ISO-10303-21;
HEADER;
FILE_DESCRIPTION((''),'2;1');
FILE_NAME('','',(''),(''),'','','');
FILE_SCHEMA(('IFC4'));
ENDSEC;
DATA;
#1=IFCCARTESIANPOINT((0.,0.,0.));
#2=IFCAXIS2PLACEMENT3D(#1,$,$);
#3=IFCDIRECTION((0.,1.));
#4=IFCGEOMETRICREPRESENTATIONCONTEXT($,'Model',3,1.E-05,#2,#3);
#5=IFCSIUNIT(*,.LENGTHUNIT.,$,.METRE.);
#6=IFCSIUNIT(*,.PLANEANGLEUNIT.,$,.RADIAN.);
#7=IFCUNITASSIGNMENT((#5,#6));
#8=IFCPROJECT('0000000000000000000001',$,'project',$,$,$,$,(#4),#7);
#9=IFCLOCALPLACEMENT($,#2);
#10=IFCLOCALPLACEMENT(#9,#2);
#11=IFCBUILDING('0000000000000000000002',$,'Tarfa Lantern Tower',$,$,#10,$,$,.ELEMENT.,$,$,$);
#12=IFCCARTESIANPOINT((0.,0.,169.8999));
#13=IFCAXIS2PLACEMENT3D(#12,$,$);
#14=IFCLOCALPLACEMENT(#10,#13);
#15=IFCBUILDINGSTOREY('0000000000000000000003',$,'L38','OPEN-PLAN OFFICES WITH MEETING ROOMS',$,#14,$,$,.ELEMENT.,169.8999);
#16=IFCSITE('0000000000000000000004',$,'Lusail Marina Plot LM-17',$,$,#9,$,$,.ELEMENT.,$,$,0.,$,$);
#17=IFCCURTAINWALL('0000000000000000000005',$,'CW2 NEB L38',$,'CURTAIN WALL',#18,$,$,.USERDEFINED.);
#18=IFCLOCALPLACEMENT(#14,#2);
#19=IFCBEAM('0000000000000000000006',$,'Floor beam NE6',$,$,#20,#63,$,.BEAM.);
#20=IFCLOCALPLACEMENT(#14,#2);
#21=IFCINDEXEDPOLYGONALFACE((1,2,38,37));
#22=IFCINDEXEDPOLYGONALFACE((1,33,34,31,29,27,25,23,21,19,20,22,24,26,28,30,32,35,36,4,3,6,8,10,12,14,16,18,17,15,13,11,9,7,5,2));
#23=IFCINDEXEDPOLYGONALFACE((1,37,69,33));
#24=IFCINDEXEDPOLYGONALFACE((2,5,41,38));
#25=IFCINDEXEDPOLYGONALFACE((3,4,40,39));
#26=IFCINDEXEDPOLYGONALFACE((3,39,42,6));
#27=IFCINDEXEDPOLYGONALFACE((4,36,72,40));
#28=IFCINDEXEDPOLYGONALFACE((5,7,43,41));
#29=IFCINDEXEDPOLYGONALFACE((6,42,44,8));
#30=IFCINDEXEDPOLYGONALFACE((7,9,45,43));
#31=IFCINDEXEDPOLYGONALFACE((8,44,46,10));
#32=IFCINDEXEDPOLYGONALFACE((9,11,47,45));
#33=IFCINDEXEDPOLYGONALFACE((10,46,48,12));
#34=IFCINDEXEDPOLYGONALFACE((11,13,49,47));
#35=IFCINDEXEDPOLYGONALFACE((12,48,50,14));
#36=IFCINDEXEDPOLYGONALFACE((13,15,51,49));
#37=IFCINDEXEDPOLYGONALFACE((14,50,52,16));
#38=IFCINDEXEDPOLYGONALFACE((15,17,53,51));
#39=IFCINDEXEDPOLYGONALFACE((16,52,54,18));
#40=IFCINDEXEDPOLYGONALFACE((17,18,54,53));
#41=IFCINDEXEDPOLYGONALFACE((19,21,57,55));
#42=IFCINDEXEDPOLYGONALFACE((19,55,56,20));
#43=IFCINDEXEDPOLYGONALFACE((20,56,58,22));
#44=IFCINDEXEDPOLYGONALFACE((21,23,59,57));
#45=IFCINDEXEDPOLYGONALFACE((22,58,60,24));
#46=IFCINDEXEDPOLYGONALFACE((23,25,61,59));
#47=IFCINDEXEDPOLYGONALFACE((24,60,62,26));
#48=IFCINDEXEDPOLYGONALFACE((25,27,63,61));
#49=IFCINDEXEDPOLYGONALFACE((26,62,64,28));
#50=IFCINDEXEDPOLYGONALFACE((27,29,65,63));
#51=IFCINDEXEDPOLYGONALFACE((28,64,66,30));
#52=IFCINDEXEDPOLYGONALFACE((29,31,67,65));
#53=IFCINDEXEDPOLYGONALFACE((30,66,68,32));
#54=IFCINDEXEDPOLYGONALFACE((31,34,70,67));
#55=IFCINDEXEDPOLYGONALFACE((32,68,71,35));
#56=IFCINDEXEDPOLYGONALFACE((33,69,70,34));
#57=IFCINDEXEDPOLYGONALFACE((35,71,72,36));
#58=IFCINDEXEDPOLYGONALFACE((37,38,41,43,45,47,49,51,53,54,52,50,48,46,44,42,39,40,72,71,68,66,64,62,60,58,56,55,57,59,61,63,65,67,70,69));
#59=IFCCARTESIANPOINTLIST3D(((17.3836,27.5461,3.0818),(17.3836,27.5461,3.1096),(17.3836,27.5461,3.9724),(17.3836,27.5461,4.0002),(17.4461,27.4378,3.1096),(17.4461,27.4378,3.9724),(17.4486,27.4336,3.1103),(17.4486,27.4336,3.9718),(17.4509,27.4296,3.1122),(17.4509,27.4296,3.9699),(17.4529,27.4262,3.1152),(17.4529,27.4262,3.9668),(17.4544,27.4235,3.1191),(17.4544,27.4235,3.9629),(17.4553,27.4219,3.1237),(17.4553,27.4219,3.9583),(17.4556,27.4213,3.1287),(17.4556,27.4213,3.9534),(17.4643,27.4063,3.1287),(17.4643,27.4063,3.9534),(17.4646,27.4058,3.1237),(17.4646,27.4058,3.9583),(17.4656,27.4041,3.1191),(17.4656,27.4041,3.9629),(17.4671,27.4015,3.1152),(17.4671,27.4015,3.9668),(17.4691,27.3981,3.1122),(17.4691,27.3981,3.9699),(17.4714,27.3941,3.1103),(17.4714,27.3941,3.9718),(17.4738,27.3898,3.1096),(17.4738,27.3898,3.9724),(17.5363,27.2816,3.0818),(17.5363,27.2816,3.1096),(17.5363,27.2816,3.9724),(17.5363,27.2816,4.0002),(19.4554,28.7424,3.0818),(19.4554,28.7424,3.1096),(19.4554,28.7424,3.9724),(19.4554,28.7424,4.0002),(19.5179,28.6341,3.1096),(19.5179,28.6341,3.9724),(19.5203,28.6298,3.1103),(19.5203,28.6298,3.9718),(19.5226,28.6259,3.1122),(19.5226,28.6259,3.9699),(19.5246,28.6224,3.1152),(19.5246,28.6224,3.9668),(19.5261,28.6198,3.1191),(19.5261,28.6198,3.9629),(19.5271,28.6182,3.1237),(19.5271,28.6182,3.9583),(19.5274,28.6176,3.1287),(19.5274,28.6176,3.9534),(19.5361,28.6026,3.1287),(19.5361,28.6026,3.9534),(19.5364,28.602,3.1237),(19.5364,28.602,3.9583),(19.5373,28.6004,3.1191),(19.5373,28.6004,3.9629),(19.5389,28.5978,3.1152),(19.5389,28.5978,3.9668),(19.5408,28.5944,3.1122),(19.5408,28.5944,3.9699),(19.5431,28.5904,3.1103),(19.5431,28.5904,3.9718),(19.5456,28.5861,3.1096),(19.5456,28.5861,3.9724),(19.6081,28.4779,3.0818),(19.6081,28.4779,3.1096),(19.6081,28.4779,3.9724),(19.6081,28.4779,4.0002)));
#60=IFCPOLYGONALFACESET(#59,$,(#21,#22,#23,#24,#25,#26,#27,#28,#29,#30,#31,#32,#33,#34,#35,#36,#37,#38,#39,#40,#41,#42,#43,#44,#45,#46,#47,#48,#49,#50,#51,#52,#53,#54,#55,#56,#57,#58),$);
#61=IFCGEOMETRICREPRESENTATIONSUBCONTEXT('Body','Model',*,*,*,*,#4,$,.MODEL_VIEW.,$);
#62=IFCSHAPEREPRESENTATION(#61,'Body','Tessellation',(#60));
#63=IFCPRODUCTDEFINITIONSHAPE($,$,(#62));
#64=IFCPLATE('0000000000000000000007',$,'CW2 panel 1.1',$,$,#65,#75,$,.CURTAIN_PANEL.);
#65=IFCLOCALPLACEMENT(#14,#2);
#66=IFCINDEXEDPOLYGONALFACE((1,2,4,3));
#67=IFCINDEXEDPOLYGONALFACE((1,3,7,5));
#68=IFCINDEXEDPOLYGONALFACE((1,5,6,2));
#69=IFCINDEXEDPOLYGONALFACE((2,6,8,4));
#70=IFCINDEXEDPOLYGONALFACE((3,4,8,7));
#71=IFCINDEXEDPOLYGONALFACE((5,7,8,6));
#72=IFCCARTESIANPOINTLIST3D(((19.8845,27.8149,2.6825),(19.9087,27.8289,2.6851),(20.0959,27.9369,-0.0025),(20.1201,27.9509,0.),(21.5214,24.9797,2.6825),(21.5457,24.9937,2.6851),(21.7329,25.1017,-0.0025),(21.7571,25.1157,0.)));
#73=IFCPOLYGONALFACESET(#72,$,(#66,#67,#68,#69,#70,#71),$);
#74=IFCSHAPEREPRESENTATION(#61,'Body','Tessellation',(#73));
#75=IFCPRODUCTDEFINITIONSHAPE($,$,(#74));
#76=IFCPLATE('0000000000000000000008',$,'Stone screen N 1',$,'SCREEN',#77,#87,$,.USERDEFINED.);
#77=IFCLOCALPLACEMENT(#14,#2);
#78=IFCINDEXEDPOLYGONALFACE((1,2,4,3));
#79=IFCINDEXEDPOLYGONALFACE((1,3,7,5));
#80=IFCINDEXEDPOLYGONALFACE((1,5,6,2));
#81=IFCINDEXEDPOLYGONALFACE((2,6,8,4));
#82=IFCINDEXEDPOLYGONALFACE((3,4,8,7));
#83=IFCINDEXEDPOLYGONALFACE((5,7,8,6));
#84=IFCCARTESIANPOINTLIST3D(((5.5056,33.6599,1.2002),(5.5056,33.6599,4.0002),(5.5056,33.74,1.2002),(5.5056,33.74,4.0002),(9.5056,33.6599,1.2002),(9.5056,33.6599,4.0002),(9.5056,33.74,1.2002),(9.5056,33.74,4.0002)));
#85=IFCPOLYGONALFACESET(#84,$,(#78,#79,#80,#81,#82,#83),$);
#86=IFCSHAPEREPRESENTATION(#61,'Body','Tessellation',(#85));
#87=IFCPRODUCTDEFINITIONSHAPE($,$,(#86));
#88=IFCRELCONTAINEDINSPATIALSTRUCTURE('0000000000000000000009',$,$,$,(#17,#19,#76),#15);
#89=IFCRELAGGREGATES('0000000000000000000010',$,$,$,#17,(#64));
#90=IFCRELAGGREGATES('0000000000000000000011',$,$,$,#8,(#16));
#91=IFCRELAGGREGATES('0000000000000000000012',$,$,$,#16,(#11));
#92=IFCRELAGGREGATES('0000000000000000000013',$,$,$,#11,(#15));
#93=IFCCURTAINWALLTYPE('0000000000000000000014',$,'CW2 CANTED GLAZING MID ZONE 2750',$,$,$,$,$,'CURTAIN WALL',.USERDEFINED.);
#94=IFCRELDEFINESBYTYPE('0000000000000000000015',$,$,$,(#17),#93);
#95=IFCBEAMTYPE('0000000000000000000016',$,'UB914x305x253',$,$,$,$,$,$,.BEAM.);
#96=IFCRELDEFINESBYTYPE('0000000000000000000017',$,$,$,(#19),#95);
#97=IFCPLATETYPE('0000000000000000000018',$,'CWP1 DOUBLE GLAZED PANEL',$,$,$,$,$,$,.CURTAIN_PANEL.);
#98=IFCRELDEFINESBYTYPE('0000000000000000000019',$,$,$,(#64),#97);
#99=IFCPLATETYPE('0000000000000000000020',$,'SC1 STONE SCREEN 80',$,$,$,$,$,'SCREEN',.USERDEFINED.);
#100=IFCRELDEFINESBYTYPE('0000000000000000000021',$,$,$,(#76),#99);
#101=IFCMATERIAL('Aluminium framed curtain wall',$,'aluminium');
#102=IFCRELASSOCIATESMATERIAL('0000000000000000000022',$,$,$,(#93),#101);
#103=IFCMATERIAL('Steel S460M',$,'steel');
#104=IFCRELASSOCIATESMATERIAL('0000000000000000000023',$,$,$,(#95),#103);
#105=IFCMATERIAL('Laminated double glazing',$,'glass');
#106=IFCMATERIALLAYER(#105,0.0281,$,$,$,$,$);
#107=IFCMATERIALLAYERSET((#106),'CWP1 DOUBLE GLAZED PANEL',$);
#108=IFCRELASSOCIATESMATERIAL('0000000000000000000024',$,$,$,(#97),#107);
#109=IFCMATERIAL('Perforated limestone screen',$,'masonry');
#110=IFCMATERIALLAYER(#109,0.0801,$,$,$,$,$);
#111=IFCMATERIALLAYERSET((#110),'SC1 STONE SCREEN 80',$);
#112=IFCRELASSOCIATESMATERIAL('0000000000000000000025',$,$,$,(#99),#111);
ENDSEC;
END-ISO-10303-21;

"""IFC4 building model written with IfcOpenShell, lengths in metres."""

from ifc_helpers import new_model, si_unit, direction, frame, origin, origin_2d, place, context, subcontext, project, spatial, polyline, rectangle, i_section, outline, extrude, material, layer, layer_set, material_profile, profile_set, type_object, element, aggregate, save


model = new_model("IFC4")

# Units and contexts
model_context = context("Model", 3, precision=1e-05, world=origin(), true_north=direction((0.0, 1.0)))
body_context = subcontext(model_context, "Body", "Model", "MODEL_VIEW")
ifc_project = project(units=[si_unit("LENGTHUNIT", "METRE"), si_unit("PLANEANGLEUNIT", "RADIAN")], contexts=[model_context])

# Site, building, storey
site_placement = place(None, origin())
site = spatial("IfcSite", under=ifc_project, at=site_placement, Name="Lusail Marina Plot LM-17", CompositionType="ELEMENT", RefElevation=0.0)
building_placement = place(site_placement, origin())
building = spatial("IfcBuilding", under=site, at=building_placement, Name="Tarfa Lantern Tower", CompositionType="ELEMENT")
storey_placement = place(building_placement, frame((0.0, 0.0, 169.8999)))
storey = spatial("IfcBuildingStorey", under=building, at=storey_placement, Name="L38", Description="OPEN-PLAN OFFICES WITH MEETING ROOMS", CompositionType="ELEMENT", Elevation=169.8999)

# Shared definitions
ifc_material_1 = material(Name="Aluminium framed curtain wall", Category="aluminium")
curtain_wall_type = type_object("IfcCurtainWallType", Name="CW2 CANTED GLAZING MID ZONE 2750", ElementType="CURTAIN WALL", PredefinedType="USERDEFINED", material=ifc_material_1)

# Curtain wall
curtain_wall_1_placement = place(storey_placement, origin())
curtain_wall_1 = element("IfcCurtainWall", 1, at=curtain_wall_1_placement, inside=storey, type_object=curtain_wall_type, Name="CW2 NEB L38", ObjectType="CURTAIN WALL", PredefinedType="USERDEFINED")

# Beam
ifc_material_2 = material(Name="Steel S460M", Category="steel")
ifc_material_profile_1 = material_profile(ifc_material_2, i_section(OverallWidth=0.3054, OverallDepth=0.9185, WebThickness=0.0173, FlangeThickness=0.0278, FilletRadius=0.019, at=origin_2d()), Name="UB914x305x253")
ifc_profile_set_1 = profile_set([ifc_material_profile_1], Name="Steel S460M")
beam_type_1 = type_object("IfcBeamType", Name="UB914x305x253", PredefinedType="BEAM", material=ifc_profile_set_1)
beam_1_placement = place(storey_placement, frame((19.5317, 28.6101, 3.541), z_axis=(-0.865999, -0.500046, 0.0), x_axis=(0.500046, -0.865999, 0.0)))
element("IfcBeam", 2, at=beam_1_placement, inside=storey, type_object=beam_type_1, Name="Floor beam NE6", PredefinedType="BEAM", context=body_context, shape_type="SweptSolid", body=[
    extrude(i_section(OverallWidth=0.3054, OverallDepth=0.9185, WebThickness=0.0173, FlangeThickness=0.0278, FilletRadius=0.019, at=origin_2d()), origin(), (0.0, 0.0, 1.0), 2.3923),
])

# Plates
ifc_material_3 = material(Name="Laminated double glazing", Category="glass")
ifc_layer_1 = layer(ifc_material_3, 0.0281)
ifc_layer_set_1 = layer_set([ifc_layer_1], Name="CWP1 DOUBLE GLAZED PANEL")
plate_type_1 = type_object("IfcPlateType", Name="CWP1 DOUBLE GLAZED PANEL", PredefinedType="CURTAIN_PANEL", material=ifc_layer_set_1)
plate_1_placement = place(storey_placement, frame((21.7571, 25.1157, 0.0), z_axis=(0.86246, 0.497959, 0.09055), x_axis=(-0.500013, 0.866018, 0.0)))
plate_1 = element("IfcPlate", 3, at=plate_1_placement, type_object=plate_type_1, Name="CW2 panel 1.1", PredefinedType="CURTAIN_PANEL", context=body_context, shape_type="SweptSolid", body=[
    extrude(outline(polyline([(0.0, 0.0), (3.2738, 0.0), (3.2738, 2.6961), (0.0, 2.6961), (0.0, 0.0)])), origin(), (0.0, 0.0, -1.0), 0.0281),
])
aggregate(curtain_wall_1, [plate_1])
ifc_material_4 = material(Name="Perforated limestone screen", Category="masonry")
ifc_layer_2 = layer(ifc_material_4, 0.0801)
ifc_layer_set_2 = layer_set([ifc_layer_2], Name="SC1 STONE SCREEN 80")
plate_type_2 = type_object("IfcPlateType", Name="SC1 STONE SCREEN 80", ElementType="SCREEN", PredefinedType="USERDEFINED", material=ifc_layer_set_2)
plate_2_placement = place(storey_placement, frame((7.5056, 33.7, 1.2002), z_axis=(0.0, 0.0, 1.0), x_axis=(-1.0, 0.0, 0.0)))
element("IfcPlate", 4, at=plate_2_placement, inside=storey, type_object=plate_type_2, Name="Stone screen N 1", ObjectType="SCREEN", PredefinedType="USERDEFINED", context=body_context, shape_type="SweptSolid", body=[
    extrude(rectangle(XDim=4.0, YDim=0.0801, at=origin_2d()), origin(), (0.0, 0.0, 1.0), 2.8),
])

save(model, "model.ifc")
